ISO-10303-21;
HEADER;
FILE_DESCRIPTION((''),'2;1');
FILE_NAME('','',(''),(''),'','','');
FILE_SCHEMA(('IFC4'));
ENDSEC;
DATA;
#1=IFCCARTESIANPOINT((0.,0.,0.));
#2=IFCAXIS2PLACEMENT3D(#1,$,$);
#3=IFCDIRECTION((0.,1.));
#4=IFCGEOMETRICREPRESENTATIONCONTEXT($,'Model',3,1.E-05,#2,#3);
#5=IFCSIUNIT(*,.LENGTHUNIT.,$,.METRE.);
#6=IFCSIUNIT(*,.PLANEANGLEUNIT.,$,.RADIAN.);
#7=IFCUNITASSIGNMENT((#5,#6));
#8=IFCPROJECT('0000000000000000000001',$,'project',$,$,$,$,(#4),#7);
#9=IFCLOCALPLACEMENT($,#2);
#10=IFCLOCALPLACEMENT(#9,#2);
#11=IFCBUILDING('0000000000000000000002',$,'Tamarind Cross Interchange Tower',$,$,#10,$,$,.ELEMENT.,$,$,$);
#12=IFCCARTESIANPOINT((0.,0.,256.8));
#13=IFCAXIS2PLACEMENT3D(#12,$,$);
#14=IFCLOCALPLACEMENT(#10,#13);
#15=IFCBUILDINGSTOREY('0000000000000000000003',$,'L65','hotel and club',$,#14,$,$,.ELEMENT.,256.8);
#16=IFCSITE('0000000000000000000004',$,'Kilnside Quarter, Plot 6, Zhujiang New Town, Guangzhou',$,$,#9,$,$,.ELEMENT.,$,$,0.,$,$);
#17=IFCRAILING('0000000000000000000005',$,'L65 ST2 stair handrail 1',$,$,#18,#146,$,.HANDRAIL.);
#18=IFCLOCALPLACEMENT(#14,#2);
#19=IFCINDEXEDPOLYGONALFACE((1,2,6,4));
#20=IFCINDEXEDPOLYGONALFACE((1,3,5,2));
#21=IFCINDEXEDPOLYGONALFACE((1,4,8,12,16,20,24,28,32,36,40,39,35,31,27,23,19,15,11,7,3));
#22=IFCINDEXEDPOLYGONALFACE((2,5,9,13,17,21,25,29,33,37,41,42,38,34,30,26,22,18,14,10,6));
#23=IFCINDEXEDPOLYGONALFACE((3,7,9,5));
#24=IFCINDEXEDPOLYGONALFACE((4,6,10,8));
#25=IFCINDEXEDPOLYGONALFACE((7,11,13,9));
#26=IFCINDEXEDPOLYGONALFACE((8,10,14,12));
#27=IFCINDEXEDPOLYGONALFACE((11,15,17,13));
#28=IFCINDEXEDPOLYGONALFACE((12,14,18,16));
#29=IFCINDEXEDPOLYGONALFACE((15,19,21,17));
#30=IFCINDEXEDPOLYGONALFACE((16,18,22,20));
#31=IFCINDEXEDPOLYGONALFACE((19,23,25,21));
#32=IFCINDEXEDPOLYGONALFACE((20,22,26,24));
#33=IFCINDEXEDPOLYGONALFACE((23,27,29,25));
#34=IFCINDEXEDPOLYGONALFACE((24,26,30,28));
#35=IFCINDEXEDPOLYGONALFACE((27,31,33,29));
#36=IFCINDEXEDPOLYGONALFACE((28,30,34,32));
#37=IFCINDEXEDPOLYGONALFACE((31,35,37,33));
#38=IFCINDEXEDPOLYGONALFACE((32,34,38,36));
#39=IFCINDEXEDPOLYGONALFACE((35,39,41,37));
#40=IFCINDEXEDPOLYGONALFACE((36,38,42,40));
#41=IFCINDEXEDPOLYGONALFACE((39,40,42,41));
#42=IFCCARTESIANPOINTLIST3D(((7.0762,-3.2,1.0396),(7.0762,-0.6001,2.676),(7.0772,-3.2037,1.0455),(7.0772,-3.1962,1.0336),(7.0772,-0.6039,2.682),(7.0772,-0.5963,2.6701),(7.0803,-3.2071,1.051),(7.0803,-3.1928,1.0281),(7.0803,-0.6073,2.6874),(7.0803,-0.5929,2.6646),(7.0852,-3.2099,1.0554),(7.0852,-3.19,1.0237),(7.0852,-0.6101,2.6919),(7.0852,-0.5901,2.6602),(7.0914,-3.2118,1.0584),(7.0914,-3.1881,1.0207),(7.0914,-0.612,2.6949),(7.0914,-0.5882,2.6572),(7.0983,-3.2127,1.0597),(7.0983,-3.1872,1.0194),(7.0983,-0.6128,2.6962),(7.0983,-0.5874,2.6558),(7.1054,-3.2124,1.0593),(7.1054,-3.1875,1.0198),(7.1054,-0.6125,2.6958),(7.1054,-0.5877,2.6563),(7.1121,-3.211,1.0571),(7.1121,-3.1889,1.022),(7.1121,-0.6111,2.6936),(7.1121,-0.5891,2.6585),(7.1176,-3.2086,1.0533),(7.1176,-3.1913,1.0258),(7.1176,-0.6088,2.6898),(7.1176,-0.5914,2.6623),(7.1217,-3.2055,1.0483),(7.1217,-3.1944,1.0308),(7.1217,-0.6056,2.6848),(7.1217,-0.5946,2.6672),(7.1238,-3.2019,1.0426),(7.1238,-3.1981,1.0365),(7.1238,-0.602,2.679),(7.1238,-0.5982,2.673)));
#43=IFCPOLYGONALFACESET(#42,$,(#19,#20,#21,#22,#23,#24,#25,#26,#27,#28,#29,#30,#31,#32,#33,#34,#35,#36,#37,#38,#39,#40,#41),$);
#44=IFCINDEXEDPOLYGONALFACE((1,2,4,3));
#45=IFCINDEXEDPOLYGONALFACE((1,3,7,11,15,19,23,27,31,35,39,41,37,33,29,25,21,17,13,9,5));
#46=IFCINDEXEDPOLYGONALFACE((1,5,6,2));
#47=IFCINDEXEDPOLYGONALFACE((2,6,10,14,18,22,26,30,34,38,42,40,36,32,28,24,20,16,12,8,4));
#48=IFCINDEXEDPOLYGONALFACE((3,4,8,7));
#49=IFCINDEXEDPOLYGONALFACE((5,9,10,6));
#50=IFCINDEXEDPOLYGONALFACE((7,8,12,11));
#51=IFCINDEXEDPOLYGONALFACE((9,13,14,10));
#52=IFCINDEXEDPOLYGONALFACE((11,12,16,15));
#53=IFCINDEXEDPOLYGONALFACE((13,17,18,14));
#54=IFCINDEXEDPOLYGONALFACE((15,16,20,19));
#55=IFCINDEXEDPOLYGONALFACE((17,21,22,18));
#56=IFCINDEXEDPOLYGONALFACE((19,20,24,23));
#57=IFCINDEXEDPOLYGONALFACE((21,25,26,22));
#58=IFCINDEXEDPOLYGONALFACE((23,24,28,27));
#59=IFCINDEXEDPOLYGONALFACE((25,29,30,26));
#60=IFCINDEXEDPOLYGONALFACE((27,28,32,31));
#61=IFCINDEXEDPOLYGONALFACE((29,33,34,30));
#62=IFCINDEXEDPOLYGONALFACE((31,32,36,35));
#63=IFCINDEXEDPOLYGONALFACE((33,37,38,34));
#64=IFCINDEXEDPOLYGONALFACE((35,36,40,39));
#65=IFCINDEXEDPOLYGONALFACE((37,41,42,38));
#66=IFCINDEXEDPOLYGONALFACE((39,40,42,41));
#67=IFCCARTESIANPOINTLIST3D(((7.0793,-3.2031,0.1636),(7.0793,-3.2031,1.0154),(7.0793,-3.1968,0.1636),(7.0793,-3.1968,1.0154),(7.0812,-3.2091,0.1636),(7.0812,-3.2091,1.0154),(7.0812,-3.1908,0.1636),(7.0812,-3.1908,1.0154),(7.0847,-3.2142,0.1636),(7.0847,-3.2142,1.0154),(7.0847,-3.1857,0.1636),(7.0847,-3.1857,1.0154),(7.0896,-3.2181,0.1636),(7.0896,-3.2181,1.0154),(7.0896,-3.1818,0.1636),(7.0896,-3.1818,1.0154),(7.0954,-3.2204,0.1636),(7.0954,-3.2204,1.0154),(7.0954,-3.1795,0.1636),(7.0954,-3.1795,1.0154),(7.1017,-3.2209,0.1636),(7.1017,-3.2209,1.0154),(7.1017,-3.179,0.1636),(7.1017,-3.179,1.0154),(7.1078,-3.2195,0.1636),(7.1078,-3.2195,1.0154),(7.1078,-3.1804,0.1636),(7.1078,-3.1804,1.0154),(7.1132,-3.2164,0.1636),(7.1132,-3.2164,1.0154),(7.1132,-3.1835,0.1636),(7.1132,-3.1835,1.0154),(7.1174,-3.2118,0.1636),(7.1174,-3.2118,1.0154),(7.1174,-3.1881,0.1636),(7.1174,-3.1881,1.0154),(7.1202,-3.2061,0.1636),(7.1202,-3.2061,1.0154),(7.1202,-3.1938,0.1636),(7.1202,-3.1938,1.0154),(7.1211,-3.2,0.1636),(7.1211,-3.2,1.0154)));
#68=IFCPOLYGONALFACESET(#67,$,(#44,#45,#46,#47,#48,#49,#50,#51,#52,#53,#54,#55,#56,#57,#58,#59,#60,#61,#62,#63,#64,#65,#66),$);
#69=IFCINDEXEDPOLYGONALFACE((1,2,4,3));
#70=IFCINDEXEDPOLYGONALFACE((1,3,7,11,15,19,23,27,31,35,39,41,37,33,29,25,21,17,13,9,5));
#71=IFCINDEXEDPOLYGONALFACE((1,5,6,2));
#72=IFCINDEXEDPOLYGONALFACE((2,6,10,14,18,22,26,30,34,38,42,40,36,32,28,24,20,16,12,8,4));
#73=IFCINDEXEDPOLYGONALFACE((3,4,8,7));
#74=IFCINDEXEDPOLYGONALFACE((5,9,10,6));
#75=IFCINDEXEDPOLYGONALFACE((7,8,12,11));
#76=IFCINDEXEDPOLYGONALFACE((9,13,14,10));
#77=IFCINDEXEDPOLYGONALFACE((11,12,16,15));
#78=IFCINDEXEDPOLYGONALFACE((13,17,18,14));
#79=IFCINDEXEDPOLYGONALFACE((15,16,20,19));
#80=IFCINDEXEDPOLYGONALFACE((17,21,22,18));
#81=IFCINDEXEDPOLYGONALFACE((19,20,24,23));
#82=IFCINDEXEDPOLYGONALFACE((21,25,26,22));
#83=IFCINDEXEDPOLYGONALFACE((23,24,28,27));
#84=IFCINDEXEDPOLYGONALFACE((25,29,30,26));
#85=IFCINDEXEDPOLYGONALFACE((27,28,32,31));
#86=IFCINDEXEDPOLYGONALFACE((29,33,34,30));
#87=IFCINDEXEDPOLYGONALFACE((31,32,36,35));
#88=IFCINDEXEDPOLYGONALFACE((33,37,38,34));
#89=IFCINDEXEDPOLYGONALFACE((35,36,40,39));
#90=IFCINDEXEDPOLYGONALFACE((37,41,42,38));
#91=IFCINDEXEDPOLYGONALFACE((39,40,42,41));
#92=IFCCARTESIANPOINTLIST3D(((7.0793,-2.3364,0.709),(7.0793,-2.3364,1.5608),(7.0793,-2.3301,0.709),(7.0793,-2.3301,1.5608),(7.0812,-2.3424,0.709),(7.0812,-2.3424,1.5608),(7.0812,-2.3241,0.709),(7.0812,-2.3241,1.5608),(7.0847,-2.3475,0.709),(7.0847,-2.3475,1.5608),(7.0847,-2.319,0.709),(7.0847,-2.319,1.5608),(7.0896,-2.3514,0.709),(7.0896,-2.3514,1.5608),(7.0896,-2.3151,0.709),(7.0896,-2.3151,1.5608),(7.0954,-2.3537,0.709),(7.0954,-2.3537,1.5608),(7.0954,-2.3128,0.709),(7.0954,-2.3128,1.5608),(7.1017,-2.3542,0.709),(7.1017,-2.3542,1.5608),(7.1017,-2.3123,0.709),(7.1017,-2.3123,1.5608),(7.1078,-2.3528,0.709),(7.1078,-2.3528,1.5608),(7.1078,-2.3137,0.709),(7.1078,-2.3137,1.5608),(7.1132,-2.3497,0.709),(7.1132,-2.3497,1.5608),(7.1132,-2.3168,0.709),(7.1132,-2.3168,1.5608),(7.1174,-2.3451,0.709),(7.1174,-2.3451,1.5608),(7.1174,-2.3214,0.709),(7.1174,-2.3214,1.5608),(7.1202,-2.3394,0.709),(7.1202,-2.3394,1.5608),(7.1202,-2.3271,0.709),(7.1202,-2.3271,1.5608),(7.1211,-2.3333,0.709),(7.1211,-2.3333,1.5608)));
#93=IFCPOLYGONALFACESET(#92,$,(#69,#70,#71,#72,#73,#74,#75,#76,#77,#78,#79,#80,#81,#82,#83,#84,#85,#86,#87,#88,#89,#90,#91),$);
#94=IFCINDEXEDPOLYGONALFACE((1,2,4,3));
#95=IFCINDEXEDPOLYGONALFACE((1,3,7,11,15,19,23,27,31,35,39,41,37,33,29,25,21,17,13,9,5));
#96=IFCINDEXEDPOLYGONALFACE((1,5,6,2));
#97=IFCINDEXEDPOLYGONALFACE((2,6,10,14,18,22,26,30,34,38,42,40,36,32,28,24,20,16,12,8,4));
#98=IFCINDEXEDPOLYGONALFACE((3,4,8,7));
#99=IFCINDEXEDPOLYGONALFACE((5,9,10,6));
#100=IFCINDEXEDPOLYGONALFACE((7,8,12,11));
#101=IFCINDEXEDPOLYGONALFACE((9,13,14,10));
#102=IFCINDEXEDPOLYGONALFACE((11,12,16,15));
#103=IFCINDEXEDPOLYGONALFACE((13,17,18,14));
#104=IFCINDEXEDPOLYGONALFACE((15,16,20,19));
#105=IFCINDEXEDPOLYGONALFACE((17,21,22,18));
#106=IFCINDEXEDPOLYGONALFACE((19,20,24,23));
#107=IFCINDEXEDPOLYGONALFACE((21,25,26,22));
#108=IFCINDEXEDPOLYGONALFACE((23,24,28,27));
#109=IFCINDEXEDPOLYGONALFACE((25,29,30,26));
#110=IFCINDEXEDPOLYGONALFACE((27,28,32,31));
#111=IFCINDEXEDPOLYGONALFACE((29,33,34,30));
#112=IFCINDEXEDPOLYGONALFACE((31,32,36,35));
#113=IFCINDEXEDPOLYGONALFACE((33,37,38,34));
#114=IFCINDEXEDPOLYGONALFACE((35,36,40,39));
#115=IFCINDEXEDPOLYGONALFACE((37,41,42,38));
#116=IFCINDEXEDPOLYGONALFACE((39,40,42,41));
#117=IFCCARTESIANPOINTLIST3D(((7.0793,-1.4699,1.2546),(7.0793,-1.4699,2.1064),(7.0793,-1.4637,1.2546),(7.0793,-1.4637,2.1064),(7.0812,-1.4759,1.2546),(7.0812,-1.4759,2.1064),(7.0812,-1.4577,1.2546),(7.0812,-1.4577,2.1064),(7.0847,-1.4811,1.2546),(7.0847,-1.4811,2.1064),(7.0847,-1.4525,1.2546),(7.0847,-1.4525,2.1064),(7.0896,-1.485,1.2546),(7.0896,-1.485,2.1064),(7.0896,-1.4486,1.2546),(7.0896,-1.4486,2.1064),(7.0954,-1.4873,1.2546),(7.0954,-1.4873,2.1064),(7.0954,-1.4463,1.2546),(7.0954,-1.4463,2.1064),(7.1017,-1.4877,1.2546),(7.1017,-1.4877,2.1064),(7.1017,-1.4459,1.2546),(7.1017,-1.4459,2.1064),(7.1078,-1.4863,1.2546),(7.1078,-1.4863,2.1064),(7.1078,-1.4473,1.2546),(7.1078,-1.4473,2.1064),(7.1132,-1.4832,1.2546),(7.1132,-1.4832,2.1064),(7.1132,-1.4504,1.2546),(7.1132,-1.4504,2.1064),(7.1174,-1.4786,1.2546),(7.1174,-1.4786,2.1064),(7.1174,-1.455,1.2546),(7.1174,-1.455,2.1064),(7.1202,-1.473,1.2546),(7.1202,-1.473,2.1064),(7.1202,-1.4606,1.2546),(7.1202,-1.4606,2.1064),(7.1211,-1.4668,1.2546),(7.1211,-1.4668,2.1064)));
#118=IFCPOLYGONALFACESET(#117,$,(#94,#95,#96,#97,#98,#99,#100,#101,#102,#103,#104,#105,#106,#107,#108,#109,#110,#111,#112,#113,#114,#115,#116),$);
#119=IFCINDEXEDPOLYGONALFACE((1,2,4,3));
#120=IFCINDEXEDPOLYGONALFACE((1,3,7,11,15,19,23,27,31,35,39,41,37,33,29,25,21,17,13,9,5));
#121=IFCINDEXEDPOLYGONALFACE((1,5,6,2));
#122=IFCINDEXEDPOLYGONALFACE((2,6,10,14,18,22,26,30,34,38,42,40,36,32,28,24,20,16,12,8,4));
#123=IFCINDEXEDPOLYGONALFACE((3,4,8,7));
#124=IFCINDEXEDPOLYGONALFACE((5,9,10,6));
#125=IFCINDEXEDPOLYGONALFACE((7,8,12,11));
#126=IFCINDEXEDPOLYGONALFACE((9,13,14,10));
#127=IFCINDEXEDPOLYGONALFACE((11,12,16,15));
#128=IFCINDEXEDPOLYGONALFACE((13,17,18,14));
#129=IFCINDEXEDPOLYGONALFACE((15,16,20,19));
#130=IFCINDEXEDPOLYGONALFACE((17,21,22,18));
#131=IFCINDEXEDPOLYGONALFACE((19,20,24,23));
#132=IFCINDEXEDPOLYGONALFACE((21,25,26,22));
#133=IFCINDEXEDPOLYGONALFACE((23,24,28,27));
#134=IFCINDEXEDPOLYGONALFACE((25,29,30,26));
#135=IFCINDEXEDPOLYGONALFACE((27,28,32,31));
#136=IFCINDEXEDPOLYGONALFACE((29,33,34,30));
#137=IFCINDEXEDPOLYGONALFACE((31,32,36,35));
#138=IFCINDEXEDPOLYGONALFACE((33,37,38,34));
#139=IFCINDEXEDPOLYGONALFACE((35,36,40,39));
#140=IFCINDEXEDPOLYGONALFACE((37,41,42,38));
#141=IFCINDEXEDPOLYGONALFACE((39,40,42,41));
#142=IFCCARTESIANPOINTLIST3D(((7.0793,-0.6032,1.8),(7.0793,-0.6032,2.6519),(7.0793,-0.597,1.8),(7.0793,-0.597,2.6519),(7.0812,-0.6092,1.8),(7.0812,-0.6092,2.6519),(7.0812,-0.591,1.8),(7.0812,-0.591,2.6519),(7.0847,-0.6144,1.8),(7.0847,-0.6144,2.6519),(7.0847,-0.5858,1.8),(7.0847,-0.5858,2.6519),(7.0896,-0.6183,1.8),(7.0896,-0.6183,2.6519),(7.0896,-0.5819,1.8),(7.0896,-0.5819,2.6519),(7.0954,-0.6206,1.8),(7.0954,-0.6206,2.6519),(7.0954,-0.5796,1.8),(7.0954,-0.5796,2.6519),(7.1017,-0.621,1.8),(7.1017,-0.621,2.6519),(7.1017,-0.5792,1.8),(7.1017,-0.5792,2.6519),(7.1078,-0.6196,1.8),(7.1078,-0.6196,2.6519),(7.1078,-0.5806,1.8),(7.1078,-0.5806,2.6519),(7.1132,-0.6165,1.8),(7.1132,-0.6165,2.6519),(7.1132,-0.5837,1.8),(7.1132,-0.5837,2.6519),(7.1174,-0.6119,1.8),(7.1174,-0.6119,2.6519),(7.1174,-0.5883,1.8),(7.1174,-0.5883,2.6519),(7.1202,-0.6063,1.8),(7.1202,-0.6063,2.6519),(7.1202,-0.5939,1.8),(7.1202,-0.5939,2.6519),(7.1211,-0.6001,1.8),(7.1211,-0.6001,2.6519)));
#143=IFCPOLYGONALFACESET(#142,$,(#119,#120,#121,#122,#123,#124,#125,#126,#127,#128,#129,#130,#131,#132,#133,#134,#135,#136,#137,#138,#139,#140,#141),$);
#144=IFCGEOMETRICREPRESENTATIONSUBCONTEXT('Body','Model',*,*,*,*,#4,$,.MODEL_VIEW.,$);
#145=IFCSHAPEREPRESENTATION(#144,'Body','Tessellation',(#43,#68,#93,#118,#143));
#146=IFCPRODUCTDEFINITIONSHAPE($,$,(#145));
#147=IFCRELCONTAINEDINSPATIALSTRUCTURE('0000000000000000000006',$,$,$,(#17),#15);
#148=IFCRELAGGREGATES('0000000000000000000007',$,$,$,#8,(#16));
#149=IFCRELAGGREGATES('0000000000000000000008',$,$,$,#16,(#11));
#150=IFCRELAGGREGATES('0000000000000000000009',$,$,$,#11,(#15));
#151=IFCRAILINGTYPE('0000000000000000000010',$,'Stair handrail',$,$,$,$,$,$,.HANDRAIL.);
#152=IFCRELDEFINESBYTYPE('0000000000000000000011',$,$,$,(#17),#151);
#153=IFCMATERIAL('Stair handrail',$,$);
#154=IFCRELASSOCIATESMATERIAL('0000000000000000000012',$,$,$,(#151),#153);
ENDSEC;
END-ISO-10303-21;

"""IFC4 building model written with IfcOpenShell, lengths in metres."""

from ifc_helpers import new_model, si_unit, direction, frame, origin, origin_2d, place, context, subcontext, project, spatial, circle, extrude, material, type_object, element, save


model = new_model("IFC4")

# Units and contexts
model_context = context("Model", 3, precision=1e-05, world=origin(), true_north=direction((0.0, 1.0)))
body_context = subcontext(model_context, "Body", "Model", "MODEL_VIEW")
ifc_project = project(units=[si_unit("LENGTHUNIT", "METRE"), si_unit("PLANEANGLEUNIT", "RADIAN")], contexts=[model_context])

# Site, building, storey
site_placement = place(None, origin())
site = spatial("IfcSite", under=ifc_project, at=site_placement, Name="Kilnside Quarter, Plot 6, Zhujiang New Town, Guangzhou", CompositionType="ELEMENT", RefElevation=0.0)
building_placement = place(site_placement, origin())
building = spatial("IfcBuilding", under=site, at=building_placement, Name="Tamarind Cross Interchange Tower", CompositionType="ELEMENT")
storey_placement = place(building_placement, frame((0.0, 0.0, 256.8)))
storey = spatial("IfcBuildingStorey", under=building, at=storey_placement, Name="L65", Description="hotel and club", CompositionType="ELEMENT", Elevation=256.8)

# Railing
ifc_material_1 = material(Name="Stair handrail")
railing_type_1 = type_object("IfcRailingType", Name="Stair handrail", PredefinedType="HANDRAIL", material=ifc_material_1)
railing_1_placement = place(storey_placement, frame((7.1001, -3.2, 0.1636)))
element("IfcRailing", 1, at=railing_1_placement, inside=storey, type_object=railing_type_1, Name="L65 ST2 stair handrail 1", PredefinedType="HANDRAIL", context=body_context, shape_type="SweptSolid", body=[
    extrude(circle(Radius=0.0239, at=origin_2d()), frame((0.0, 0.0, 0.876), z_axis=(0.0, 0.846302, 0.532704), x_axis=(-1.0, 0.0, 0.0)), (0.0, 0.0, 1.0), 3.072),
    extrude(circle(Radius=0.021, at=origin_2d()), origin(), (0.0, 0.0, 1.0), 0.8518),
    extrude(circle(Radius=0.021, at=origin_2d()), frame((0.0, 0.8667, 0.5454)), (0.0, 0.0, 1.0), 0.8518),
    extrude(circle(Radius=0.021, at=origin_2d()), frame((0.0, 1.7332, 1.0911)), (0.0, 0.0, 1.0), 0.8518),
    extrude(circle(Radius=0.021, at=origin_2d()), frame((0.0, 2.5999, 1.6365)), (0.0, 0.0, 1.0), 0.8518),
])

save(model, "model.ifc")
